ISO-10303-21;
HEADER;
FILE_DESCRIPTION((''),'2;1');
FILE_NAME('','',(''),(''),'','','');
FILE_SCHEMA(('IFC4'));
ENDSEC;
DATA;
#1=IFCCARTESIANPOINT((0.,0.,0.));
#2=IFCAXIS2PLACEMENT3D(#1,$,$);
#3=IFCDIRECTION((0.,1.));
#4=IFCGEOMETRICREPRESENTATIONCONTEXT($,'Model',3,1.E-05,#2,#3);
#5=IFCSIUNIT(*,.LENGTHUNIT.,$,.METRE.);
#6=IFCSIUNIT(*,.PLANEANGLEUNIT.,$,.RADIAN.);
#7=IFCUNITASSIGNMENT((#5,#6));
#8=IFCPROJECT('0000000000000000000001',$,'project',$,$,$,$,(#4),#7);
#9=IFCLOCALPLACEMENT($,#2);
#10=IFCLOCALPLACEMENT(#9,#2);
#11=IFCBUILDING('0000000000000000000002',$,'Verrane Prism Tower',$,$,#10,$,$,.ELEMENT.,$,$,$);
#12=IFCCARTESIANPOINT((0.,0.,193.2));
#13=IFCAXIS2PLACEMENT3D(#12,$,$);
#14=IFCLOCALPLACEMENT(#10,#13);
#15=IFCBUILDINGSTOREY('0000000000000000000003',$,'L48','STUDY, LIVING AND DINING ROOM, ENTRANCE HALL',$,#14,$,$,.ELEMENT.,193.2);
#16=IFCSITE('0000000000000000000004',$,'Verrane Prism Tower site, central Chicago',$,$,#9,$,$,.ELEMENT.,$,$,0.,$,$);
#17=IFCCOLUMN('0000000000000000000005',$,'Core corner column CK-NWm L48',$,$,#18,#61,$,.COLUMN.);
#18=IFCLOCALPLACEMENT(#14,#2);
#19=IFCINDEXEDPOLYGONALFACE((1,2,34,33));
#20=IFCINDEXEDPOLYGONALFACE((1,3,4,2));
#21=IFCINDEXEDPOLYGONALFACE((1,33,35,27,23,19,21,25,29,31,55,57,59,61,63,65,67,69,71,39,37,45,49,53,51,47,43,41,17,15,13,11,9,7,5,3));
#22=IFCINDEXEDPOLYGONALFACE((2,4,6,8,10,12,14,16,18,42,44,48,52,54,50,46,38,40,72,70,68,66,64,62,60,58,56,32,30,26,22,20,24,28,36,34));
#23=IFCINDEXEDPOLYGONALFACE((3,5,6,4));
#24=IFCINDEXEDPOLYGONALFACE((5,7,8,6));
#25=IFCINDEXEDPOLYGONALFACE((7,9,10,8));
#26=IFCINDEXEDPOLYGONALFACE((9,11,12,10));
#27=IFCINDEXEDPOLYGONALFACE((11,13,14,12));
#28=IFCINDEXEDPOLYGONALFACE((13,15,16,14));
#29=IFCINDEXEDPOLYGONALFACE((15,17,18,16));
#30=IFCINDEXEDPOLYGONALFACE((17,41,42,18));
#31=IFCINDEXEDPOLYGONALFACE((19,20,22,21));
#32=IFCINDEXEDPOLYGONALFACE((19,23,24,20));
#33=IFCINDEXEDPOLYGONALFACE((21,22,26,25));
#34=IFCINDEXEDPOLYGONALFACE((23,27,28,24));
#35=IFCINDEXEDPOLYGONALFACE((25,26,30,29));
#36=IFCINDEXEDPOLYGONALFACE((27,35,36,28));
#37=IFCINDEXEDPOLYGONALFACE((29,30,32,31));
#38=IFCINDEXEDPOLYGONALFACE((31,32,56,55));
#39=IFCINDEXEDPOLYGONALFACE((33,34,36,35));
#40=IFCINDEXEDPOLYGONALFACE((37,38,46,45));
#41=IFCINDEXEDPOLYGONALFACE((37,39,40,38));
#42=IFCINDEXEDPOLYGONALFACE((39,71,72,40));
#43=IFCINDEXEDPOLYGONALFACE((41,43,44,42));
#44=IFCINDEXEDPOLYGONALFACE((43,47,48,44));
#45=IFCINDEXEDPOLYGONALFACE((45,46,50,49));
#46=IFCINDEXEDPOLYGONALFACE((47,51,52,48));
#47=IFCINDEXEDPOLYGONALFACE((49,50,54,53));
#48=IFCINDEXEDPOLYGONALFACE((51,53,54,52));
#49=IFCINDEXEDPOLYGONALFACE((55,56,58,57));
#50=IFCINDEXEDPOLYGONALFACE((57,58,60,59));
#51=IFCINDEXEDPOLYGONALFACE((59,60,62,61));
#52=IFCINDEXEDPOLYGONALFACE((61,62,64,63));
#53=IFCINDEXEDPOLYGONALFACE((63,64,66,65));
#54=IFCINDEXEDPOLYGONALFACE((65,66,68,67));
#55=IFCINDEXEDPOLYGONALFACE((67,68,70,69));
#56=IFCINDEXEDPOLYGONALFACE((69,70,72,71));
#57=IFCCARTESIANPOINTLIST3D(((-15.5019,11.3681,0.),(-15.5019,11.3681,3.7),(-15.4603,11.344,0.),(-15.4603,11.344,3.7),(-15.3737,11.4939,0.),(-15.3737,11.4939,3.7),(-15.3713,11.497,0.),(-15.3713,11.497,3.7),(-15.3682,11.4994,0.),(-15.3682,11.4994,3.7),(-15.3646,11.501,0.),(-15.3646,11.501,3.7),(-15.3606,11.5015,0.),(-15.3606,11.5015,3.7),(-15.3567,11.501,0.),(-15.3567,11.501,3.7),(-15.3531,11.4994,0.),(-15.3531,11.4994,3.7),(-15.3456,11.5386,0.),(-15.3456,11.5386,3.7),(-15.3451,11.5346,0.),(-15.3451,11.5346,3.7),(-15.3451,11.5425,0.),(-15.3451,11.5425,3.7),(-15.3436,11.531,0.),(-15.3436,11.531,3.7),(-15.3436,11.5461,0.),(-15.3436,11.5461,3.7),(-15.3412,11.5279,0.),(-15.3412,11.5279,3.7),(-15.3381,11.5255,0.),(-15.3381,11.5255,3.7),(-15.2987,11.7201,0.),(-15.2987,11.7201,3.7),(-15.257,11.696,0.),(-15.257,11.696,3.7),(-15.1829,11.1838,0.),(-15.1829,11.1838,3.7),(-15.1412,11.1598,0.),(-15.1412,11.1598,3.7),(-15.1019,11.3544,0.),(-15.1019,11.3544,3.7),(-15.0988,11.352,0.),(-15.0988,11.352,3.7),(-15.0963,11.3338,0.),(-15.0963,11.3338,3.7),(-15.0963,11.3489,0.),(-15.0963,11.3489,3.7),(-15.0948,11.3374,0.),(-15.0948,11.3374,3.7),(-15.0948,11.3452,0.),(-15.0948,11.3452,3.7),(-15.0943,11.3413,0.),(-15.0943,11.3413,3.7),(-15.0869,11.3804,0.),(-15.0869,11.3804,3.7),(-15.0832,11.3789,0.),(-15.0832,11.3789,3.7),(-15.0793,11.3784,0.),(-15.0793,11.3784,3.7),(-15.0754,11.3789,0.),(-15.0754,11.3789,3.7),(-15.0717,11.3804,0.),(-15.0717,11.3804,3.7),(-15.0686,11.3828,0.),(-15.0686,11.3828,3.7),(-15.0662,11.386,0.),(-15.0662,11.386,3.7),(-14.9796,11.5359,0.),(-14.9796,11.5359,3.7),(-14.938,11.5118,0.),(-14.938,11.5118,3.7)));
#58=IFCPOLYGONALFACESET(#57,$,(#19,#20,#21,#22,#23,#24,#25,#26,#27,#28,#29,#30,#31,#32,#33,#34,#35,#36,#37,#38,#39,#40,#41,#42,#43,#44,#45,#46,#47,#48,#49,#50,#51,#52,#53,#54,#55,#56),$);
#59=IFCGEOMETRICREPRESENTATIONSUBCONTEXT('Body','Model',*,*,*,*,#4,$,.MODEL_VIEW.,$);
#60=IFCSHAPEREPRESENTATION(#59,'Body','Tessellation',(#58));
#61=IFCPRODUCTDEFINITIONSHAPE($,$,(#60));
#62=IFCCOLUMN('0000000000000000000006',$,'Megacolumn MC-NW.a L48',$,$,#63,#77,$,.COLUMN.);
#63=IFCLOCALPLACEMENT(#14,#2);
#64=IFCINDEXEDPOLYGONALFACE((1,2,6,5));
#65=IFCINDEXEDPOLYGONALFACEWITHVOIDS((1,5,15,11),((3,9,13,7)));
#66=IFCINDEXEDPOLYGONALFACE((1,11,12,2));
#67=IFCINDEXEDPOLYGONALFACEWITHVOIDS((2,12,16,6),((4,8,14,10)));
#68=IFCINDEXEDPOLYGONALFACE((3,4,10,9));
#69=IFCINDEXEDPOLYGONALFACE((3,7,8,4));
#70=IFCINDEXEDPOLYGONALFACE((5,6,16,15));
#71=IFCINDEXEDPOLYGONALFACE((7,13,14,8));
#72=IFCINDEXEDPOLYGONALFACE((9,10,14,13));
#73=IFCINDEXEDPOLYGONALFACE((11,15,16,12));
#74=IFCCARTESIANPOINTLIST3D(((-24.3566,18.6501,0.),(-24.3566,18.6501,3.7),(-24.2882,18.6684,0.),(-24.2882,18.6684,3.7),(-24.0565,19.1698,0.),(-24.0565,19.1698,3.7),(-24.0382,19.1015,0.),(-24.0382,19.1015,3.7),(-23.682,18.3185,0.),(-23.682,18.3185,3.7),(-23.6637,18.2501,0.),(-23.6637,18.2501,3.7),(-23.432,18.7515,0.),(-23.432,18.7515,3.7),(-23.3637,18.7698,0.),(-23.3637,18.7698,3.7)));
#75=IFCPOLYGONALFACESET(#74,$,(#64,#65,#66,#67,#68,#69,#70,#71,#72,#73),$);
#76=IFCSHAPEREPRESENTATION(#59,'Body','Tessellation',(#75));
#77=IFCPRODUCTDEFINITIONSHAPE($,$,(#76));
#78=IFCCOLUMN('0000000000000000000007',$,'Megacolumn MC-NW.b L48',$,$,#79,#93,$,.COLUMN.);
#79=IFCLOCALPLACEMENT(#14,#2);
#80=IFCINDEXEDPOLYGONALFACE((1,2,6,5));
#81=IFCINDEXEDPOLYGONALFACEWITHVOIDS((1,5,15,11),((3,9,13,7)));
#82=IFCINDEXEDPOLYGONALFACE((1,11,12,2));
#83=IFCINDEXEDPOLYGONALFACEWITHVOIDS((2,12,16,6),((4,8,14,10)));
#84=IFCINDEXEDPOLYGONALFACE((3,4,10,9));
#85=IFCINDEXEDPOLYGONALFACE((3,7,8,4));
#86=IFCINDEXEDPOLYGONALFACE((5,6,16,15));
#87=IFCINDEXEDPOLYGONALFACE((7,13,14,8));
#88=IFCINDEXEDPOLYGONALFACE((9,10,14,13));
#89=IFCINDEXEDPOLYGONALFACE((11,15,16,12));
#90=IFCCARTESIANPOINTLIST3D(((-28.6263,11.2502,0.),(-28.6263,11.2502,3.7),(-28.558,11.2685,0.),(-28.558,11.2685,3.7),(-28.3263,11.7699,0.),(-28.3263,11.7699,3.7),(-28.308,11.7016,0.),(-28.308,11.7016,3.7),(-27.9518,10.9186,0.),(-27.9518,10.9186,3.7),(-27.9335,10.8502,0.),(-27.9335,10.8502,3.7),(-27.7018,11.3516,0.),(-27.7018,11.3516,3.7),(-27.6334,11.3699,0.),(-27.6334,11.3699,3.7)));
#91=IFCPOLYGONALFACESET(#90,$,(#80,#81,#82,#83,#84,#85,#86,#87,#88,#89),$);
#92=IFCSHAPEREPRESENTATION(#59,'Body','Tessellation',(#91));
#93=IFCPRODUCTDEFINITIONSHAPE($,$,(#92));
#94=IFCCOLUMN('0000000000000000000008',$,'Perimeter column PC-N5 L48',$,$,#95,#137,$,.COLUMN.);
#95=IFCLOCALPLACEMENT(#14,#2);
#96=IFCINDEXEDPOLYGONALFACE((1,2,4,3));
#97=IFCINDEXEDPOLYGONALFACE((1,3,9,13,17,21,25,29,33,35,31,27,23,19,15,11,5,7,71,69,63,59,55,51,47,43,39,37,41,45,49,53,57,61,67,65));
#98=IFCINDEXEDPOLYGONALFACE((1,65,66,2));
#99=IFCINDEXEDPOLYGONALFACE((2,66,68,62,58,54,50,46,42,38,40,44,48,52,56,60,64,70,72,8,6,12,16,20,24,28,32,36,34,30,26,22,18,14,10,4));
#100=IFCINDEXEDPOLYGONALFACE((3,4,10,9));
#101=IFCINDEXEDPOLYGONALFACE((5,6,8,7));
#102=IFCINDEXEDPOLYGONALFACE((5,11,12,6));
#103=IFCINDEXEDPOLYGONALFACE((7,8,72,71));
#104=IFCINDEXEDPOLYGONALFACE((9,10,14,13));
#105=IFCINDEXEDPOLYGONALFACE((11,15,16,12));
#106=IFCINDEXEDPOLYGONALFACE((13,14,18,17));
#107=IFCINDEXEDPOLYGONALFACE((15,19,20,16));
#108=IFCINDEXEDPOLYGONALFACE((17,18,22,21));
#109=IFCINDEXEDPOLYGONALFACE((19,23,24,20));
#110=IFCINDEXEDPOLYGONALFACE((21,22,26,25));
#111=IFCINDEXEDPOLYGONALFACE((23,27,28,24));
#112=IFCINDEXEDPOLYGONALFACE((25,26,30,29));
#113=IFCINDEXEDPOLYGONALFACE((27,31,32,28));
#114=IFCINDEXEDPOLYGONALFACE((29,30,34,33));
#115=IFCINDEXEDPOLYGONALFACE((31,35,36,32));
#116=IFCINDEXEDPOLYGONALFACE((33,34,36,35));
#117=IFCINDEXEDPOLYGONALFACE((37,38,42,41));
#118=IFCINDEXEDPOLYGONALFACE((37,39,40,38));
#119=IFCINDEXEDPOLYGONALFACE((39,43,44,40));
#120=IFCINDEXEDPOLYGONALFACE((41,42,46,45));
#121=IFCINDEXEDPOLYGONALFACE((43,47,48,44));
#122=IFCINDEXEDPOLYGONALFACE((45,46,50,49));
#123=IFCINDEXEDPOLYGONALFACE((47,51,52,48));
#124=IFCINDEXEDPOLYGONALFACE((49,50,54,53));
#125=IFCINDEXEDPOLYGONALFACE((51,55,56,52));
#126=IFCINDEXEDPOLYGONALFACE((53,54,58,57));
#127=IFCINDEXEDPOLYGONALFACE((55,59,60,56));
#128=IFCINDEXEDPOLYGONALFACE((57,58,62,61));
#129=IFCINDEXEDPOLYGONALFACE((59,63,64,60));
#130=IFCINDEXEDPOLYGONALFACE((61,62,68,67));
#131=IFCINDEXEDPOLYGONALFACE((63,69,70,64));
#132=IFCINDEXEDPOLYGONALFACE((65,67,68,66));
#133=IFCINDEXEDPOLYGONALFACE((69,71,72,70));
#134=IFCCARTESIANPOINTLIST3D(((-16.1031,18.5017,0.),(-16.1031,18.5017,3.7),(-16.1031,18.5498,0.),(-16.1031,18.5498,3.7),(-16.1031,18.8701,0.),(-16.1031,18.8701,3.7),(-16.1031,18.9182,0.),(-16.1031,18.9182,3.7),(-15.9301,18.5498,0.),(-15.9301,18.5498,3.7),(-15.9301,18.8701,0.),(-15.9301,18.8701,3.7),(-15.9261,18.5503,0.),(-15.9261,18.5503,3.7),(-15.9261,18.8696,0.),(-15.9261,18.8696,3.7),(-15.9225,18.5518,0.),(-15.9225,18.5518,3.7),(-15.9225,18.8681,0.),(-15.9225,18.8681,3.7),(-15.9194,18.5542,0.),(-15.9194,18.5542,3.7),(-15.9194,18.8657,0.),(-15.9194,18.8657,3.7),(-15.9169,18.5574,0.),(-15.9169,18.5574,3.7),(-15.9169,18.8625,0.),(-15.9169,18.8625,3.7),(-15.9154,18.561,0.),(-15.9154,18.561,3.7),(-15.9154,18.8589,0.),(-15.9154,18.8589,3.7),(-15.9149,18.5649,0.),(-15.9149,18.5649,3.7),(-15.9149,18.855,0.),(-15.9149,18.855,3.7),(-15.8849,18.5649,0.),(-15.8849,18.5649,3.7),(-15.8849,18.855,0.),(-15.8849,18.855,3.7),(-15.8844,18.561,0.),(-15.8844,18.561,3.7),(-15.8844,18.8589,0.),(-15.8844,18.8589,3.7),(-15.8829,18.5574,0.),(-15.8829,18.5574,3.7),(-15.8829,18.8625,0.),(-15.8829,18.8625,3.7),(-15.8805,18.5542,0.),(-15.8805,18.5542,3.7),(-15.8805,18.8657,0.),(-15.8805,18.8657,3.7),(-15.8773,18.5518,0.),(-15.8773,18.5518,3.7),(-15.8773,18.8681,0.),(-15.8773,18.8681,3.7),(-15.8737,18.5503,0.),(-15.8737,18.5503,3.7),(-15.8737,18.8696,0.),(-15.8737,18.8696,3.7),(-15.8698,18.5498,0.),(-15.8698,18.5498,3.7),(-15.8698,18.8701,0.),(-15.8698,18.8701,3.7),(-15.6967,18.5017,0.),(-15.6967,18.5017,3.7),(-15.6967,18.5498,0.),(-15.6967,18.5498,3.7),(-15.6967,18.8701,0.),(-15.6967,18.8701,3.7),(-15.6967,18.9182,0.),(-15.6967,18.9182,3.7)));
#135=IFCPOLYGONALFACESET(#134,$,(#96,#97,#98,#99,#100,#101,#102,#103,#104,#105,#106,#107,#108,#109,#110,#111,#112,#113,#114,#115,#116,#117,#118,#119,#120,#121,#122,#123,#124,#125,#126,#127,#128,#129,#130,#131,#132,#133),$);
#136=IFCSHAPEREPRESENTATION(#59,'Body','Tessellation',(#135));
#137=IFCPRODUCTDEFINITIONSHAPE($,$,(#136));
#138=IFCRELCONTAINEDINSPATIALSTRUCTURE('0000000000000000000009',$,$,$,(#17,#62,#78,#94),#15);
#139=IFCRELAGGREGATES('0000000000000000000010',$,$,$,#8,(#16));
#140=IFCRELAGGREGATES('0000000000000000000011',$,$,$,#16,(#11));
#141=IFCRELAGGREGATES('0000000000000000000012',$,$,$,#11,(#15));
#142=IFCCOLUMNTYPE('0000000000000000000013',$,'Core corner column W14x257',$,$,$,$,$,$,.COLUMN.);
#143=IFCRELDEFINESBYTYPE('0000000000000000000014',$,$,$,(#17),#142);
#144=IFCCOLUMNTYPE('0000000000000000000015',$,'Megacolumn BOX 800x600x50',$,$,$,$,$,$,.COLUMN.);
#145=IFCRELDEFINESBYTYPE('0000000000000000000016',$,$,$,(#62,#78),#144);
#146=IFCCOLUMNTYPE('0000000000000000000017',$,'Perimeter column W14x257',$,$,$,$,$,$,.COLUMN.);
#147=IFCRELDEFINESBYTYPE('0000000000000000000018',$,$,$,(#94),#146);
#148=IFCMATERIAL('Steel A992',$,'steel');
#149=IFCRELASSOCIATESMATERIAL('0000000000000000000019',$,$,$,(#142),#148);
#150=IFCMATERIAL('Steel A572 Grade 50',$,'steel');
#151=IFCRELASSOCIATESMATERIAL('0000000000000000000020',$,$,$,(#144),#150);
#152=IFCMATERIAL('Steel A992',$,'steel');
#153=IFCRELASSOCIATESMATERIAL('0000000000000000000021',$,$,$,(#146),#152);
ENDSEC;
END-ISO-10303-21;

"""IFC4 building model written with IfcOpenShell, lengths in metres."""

from ifc_helpers import new_model, si_unit, direction, frame, origin, origin_2d, place, context, subcontext, project, spatial, hollow_rectangle, i_section, extrude, material, material_profile, profile_set, type_object, element, save


model = new_model("IFC4")

# Units and contexts
model_context = context("Model", 3, precision=1e-05, world=origin(), true_north=direction((0.0, 1.0)))
body_context = subcontext(model_context, "Body", "Model", "MODEL_VIEW")
ifc_project = project(units=[si_unit("LENGTHUNIT", "METRE"), si_unit("PLANEANGLEUNIT", "RADIAN")], contexts=[model_context])

# Site, building, storey
site_placement = place(None, origin())
site = spatial("IfcSite", under=ifc_project, at=site_placement, Name="Verrane Prism Tower site, central Chicago", CompositionType="ELEMENT", RefElevation=0.0)
building_placement = place(site_placement, origin())
building = spatial("IfcBuilding", under=site, at=building_placement, Name="Verrane Prism Tower", CompositionType="ELEMENT")
storey_placement = place(building_placement, frame((0.0, 0.0, 193.2)))
storey = spatial("IfcBuildingStorey", under=building, at=storey_placement, Name="L48", Description="STUDY, LIVING AND DINING ROOM, ENTRANCE HALL", CompositionType="ELEMENT", Elevation=193.2)

# Columns
ifc_material_1 = material(Name="Steel A992", Category="steel")
ifc_material_profile_1 = material_profile(ifc_material_1, i_section(OverallWidth=0.4065, OverallDepth=0.4165, WebThickness=0.03, FlangeThickness=0.0481, FilletRadius=0.0151, at=origin_2d()), Name="W14x257")
ifc_profile_set_1 = profile_set([ifc_material_profile_1], Name="Steel A992")
column_type_1 = type_object("IfcColumnType", Name="Core corner column W14x257", PredefinedType="COLUMN", material=ifc_profile_set_1)
column_1_placement = place(storey_placement, frame((-15.22, 11.4399, 0.0), z_axis=(0.0, 0.0, 1.0), x_axis=(0.5, 0.866025, 0.0)))
element("IfcColumn", 1, at=column_1_placement, inside=storey, type_object=column_type_1, Name="Core corner column CK-NWm L48", PredefinedType="COLUMN", context=body_context, shape_type="SweptSolid", body=[
    extrude(i_section(OverallWidth=0.4065, OverallDepth=0.4165, WebThickness=0.03, FlangeThickness=0.0481, FilletRadius=0.0151, at=origin_2d()), origin(), (0.0, 0.0, 1.0), 3.7),
])
ifc_material_2 = material(Name="Steel A572 Grade 50", Category="steel")
ifc_material_profile_2 = material_profile(ifc_material_2, hollow_rectangle(XDim=0.6001, YDim=0.8, WallThickness=0.05, at=origin_2d()), Name="BOX 800x600x50")
ifc_profile_set_2 = profile_set([ifc_material_profile_2], Name="Steel A572 Grade 50")
column_type_2 = type_object("IfcColumnType", Name="Megacolumn BOX 800x600x50", PredefinedType="COLUMN", material=ifc_profile_set_2)
for number, where, z_axis, x_axis, name in (
    (2, (-23.8601, 18.71, 0.0), (0.0, 0.0, 1.0), (0.5, 0.866025, 0.0), "Megacolumn MC-NW.a L48"),
    (3, (-28.1299, 11.3101, 0.0), (0.0, 0.0, 1.0), (0.5, 0.866025, 0.0), "Megacolumn MC-NW.b L48"),
):
    element("IfcColumn", number, at=place(storey_placement, frame(where, z_axis=z_axis, x_axis=x_axis)), inside=storey, type_object=column_type_2, Name=name, PredefinedType="COLUMN", context=body_context, shape_type="SweptSolid", body=[
        extrude(hollow_rectangle(XDim=0.6001, YDim=0.8, WallThickness=0.05, at=origin_2d()), origin(), (0.0, 0.0, 1.0), 3.7),
    ])
ifc_material_3 = material(Name="Steel A992", Category="steel")
ifc_material_profile_3 = material_profile(ifc_material_3, i_section(OverallWidth=0.4065, OverallDepth=0.4165, WebThickness=0.03, FlangeThickness=0.0481, FilletRadius=0.0151, at=origin_2d()), Name="W14x257")
ifc_profile_set_3 = profile_set([ifc_material_profile_3], Name="Steel A992")
column_type_3 = type_object("IfcColumnType", Name="Perimeter column W14x257", PredefinedType="COLUMN", material=ifc_profile_set_3)
column_2_placement = place(storey_placement, frame((-15.8999, 18.71, 0.0), z_axis=(0.0, 0.0, 1.0), x_axis=(1.0, 0.0, 0.0)))
element("IfcColumn", 4, at=column_2_placement, inside=storey, type_object=column_type_3, Name="Perimeter column PC-N5 L48", PredefinedType="COLUMN", context=body_context, shape_type="SweptSolid", body=[
    extrude(i_section(OverallWidth=0.4065, OverallDepth=0.4165, WebThickness=0.03, FlangeThickness=0.0481, FilletRadius=0.0151, at=origin_2d()), origin(), (0.0, 0.0, 1.0), 3.7),
])

save(model, "model.ifc")
